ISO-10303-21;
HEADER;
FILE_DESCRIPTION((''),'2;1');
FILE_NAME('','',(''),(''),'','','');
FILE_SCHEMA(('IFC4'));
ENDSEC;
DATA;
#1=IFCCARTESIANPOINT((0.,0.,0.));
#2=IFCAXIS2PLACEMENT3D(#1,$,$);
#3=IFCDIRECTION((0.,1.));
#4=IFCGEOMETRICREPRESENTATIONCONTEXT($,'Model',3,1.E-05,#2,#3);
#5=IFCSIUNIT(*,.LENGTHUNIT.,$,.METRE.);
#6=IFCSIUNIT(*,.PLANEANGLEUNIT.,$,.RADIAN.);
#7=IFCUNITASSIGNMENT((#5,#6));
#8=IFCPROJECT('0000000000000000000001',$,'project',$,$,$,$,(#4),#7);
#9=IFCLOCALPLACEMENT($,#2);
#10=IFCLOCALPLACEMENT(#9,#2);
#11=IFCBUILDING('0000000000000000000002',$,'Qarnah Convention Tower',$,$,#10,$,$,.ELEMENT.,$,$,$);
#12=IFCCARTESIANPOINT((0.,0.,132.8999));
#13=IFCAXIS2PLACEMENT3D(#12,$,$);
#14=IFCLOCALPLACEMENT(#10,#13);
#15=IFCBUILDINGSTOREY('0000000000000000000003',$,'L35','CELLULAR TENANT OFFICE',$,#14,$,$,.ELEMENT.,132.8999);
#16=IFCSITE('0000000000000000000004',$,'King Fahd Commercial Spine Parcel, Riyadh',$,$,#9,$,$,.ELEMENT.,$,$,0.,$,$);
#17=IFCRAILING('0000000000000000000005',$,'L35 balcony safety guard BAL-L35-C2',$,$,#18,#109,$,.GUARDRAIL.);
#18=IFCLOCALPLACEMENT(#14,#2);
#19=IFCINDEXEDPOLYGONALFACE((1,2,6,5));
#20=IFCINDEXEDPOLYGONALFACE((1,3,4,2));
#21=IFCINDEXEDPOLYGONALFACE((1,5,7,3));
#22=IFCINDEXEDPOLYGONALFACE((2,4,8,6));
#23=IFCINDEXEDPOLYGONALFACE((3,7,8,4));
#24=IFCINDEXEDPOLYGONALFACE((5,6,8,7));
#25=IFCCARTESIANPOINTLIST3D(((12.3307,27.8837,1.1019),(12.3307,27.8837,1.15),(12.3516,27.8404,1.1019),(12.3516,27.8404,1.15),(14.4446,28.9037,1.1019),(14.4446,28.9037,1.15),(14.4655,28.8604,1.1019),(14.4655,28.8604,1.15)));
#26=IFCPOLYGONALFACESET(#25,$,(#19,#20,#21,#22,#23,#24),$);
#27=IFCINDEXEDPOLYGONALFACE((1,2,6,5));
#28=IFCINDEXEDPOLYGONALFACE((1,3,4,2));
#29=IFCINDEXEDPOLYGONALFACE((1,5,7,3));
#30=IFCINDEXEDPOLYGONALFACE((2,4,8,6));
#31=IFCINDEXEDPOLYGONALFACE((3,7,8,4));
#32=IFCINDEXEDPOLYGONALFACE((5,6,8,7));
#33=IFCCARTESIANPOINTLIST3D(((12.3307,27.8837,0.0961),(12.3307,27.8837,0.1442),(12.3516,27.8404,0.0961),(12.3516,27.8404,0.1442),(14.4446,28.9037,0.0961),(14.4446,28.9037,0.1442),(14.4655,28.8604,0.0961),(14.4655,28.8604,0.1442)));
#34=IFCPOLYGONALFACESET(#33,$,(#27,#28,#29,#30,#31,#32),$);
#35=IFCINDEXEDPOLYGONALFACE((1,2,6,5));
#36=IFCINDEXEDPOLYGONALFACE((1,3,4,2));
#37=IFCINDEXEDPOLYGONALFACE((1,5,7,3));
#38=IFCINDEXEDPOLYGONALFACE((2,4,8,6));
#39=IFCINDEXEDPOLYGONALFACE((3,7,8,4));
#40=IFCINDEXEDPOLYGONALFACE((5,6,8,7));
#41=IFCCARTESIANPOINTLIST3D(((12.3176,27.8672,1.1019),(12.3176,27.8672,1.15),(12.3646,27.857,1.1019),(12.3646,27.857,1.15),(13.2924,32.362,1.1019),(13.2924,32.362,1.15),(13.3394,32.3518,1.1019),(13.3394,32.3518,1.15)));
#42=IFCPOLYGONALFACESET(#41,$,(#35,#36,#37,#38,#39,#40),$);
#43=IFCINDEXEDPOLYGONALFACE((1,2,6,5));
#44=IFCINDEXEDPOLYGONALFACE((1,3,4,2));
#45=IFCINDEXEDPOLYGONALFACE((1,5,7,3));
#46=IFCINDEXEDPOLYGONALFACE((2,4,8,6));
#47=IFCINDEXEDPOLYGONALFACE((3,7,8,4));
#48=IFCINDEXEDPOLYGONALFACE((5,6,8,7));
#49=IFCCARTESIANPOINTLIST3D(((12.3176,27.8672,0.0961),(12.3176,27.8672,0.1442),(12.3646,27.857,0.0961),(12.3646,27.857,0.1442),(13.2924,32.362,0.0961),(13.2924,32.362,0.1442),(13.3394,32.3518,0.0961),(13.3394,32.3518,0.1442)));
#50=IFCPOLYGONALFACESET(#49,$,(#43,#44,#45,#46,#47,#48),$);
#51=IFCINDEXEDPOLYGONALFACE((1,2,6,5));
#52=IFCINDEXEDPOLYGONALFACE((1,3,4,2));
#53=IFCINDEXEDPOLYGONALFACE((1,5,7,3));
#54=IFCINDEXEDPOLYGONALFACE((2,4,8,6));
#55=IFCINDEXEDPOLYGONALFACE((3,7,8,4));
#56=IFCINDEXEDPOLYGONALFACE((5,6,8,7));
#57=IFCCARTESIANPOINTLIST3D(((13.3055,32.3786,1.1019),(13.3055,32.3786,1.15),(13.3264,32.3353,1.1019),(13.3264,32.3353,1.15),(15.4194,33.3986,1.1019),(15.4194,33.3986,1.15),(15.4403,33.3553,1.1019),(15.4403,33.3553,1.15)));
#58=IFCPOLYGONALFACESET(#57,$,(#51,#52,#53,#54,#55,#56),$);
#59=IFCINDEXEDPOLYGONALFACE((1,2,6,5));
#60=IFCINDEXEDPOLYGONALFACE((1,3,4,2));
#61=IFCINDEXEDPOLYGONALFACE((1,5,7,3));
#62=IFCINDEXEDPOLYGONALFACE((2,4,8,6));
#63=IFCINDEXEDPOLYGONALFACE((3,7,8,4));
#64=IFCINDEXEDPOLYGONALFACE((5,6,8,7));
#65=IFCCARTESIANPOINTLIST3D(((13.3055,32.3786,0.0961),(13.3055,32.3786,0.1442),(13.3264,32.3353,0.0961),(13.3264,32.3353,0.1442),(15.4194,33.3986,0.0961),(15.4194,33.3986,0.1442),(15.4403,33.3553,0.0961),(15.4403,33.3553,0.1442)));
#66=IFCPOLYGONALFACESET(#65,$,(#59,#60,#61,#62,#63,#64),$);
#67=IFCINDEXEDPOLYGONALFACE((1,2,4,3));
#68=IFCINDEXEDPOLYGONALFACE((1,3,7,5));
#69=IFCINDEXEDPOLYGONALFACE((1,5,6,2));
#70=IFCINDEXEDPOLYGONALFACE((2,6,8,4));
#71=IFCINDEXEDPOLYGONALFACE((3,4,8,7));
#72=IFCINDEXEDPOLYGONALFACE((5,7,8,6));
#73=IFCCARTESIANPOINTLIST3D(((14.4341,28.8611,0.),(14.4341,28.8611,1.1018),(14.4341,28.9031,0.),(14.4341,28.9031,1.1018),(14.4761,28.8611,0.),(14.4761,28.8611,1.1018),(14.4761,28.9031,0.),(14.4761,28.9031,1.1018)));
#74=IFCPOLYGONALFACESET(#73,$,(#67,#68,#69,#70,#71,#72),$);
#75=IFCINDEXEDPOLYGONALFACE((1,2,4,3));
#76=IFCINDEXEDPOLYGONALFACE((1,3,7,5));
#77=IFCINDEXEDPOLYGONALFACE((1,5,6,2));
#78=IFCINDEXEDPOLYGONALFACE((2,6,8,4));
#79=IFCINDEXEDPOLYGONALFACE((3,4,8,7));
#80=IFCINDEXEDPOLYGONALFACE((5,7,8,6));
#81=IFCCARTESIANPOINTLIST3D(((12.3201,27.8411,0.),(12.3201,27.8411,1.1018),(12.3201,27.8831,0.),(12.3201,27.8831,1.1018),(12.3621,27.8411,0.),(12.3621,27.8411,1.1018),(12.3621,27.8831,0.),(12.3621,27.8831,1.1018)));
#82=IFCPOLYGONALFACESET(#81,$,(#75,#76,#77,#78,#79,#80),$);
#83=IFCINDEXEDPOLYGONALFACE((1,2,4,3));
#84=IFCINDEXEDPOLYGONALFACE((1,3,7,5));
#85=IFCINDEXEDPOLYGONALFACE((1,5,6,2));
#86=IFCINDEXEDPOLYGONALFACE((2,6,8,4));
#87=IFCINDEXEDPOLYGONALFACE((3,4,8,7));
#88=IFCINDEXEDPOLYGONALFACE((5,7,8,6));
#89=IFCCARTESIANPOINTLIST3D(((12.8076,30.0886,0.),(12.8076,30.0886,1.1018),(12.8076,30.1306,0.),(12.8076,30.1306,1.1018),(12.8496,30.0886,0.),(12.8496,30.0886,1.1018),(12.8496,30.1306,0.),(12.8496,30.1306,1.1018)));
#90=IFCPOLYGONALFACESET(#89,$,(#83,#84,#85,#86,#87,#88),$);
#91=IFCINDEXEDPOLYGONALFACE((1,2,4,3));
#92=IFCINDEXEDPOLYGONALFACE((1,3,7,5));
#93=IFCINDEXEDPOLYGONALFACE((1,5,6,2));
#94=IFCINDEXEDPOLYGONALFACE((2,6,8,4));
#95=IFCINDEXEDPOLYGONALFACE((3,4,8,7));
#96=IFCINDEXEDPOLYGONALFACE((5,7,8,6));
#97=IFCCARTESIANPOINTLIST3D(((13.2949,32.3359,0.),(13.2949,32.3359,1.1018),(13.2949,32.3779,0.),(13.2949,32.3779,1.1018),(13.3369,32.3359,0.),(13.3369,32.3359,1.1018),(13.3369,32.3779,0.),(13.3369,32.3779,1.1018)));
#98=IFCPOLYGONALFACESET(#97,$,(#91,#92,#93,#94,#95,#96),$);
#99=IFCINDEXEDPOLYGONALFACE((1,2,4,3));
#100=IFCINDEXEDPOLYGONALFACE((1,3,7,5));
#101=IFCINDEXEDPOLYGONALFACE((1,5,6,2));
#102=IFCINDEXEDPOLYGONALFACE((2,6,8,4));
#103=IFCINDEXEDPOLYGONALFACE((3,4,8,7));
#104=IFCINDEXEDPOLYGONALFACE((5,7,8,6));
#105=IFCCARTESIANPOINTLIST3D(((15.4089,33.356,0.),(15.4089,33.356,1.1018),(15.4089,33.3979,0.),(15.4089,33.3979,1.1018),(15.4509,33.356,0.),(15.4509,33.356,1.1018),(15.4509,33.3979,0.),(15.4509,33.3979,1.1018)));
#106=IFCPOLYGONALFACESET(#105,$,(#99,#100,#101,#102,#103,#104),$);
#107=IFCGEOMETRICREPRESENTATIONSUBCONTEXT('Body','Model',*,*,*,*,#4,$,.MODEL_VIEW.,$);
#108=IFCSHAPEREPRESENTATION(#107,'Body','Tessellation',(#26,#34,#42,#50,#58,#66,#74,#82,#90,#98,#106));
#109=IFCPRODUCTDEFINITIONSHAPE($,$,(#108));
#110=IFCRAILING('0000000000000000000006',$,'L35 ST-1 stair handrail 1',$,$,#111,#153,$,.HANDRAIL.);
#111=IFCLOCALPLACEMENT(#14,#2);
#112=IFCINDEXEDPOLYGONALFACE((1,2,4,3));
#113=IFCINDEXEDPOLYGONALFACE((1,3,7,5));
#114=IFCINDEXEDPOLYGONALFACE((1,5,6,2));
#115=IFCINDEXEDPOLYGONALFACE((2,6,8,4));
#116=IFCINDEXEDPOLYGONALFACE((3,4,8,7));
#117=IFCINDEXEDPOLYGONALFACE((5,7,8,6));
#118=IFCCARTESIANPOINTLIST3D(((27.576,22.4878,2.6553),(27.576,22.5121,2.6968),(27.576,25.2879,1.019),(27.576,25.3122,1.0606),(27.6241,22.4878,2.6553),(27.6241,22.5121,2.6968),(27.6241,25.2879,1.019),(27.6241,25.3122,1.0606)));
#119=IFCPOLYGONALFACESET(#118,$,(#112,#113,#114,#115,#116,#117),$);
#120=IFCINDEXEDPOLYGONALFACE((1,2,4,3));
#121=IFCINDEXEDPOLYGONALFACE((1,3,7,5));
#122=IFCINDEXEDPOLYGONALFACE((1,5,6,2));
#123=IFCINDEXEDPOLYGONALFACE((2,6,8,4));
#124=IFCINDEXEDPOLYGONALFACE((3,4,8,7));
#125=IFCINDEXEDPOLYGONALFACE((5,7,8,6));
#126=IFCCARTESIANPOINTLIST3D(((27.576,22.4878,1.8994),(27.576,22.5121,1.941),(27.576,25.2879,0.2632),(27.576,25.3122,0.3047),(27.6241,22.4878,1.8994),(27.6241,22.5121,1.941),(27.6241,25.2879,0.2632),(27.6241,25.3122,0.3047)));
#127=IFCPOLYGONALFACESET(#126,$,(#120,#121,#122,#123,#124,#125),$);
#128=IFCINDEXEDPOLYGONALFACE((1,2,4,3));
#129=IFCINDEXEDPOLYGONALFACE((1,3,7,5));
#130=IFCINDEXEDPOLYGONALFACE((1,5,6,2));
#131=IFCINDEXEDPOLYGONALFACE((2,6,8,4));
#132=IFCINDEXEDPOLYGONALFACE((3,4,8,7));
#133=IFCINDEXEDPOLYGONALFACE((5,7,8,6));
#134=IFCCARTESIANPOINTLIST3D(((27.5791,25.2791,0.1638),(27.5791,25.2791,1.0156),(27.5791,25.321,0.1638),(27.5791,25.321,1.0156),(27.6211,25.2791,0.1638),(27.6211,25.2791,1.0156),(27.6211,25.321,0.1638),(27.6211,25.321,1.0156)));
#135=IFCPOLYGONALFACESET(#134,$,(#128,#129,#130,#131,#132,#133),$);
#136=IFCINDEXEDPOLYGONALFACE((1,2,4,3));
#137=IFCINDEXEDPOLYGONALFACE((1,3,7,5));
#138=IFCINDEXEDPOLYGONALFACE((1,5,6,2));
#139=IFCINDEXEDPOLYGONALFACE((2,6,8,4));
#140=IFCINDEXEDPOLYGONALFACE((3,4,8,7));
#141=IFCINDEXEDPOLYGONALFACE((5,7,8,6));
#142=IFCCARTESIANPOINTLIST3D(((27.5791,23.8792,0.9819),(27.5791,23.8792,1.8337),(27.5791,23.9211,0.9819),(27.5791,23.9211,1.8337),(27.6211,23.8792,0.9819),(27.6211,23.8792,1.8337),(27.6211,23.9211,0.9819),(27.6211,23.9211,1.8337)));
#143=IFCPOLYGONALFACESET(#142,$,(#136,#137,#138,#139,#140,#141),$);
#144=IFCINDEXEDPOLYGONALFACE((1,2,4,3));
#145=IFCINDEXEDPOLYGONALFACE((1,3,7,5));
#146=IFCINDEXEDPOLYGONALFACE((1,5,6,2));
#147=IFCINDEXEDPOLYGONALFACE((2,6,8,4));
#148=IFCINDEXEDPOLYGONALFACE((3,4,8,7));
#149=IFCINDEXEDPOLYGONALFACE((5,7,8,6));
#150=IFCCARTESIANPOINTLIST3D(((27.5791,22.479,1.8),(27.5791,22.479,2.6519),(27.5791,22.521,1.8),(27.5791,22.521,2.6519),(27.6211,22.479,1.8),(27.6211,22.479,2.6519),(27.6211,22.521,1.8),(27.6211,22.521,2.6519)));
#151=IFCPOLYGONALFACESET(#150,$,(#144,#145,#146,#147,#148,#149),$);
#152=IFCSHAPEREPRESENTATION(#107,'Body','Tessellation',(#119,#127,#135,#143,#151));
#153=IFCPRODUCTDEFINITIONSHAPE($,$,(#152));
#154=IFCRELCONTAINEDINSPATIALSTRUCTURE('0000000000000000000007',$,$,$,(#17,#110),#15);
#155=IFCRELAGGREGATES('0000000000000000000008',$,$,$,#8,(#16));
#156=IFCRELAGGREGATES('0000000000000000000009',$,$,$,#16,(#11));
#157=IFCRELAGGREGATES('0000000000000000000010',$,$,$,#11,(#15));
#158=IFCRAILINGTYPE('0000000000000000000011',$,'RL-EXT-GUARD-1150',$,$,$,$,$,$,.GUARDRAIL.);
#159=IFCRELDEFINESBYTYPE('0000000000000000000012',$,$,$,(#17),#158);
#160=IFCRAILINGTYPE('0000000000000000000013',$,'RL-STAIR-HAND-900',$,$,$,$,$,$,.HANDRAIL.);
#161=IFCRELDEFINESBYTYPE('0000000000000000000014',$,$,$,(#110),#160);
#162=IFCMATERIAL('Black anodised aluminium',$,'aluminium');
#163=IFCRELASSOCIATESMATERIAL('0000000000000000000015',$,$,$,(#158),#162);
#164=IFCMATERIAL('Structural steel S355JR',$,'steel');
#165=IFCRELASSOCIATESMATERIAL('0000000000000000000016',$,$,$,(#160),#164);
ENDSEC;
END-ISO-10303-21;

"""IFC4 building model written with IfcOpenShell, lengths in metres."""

from ifc_helpers import new_model, si_unit, direction, frame, origin, origin_2d, place, context, subcontext, project, spatial, rectangle, extrude, material, type_object, element, save


model = new_model("IFC4")

# Units and contexts
model_context = context("Model", 3, precision=1e-05, world=origin(), true_north=direction((0.0, 1.0)))
body_context = subcontext(model_context, "Body", "Model", "MODEL_VIEW")
ifc_project = project(units=[si_unit("LENGTHUNIT", "METRE"), si_unit("PLANEANGLEUNIT", "RADIAN")], contexts=[model_context])

# Site, building, storey
site_placement = place(None, origin())
site = spatial("IfcSite", under=ifc_project, at=site_placement, Name="King Fahd Commercial Spine Parcel, Riyadh", CompositionType="ELEMENT", RefElevation=0.0)
building_placement = place(site_placement, origin())
building = spatial("IfcBuilding", under=site, at=building_placement, Name="Qarnah Convention Tower", CompositionType="ELEMENT")
storey_placement = place(building_placement, frame((0.0, 0.0, 132.8999)))
storey = spatial("IfcBuildingStorey", under=building, at=storey_placement, Name="L35", Description="CELLULAR TENANT OFFICE", CompositionType="ELEMENT", Elevation=132.8999)

# Shared definitions
ifc_material_1 = material(Name="Structural steel S355JR", Category="steel")

# Shared definitions
ifc_material_2 = material(Name="Black anodised aluminium", Category="aluminium")

# Railings
railing_type_1 = type_object("IfcRailingType", Name="RL-EXT-GUARD-1150", PredefinedType="GUARDRAIL", material=ifc_material_2)
railing_1_placement = place(storey_placement, frame((14.4551, 28.8821, 0.0)))
element("IfcRailing", 1, at=railing_1_placement, inside=storey, type_object=railing_type_1, Name="L35 balcony safety guard BAL-L35-C2", PredefinedType="GUARDRAIL", context=body_context, shape_type="SweptSolid", body=[
    extrude(rectangle(XDim=0.0481, YDim=0.0481, at=origin_2d()), frame((0.0, 0.0, 1.126), z_axis=(-0.900641, -0.434563, 0.0), x_axis=(0.434563, -0.900641, 0.0)), (0.0, 0.0, 1.0), 2.3472),
    extrude(rectangle(XDim=0.0481, YDim=0.0481, at=origin_2d()), frame((0.0, 0.0, 0.1201), z_axis=(-0.900641, -0.434563, 0.0), x_axis=(0.434563, -0.900641, 0.0)), (0.0, 0.0, 1.0), 2.3472),
    extrude(rectangle(XDim=0.0481, YDim=0.0481, at=origin_2d()), frame((-2.114, -1.02, 1.126), z_axis=(0.211954, 0.97728, 0.0), x_axis=(-0.97728, 0.211954, 0.0)), (0.0, 0.0, 1.0), 4.5994),
    extrude(rectangle(XDim=0.0481, YDim=0.0481, at=origin_2d()), frame((-2.114, -1.02, 0.1201), z_axis=(0.211954, 0.97728, 0.0), x_axis=(-0.97728, 0.211954, 0.0)), (0.0, 0.0, 1.0), 4.5994),
    extrude(rectangle(XDim=0.0481, YDim=0.0481, at=origin_2d()), frame((-1.1392, 3.4749, 1.126), z_axis=(0.900641, 0.434563, 0.0), x_axis=(-0.434563, 0.900641, 0.0)), (0.0, 0.0, 1.0), 2.3472),
    extrude(rectangle(XDim=0.0481, YDim=0.0481, at=origin_2d()), frame((-1.1392, 3.4749, 0.1201), z_axis=(0.900641, 0.434563, 0.0), x_axis=(-0.434563, 0.900641, 0.0)), (0.0, 0.0, 1.0), 2.3472),
    extrude(rectangle(XDim=0.042, YDim=0.042, at=origin_2d()), origin(), (0.0, 0.0, 1.0), 1.1018),
    extrude(rectangle(XDim=0.042, YDim=0.042, at=origin_2d()), frame((-2.114, -1.02, 0.0)), (0.0, 0.0, 1.0), 1.1018),
    extrude(rectangle(XDim=0.042, YDim=0.042, at=origin_2d()), frame((-1.6265, 1.2275, 0.0)), (0.0, 0.0, 1.0), 1.1018),
    extrude(rectangle(XDim=0.042, YDim=0.042, at=origin_2d()), frame((-1.1392, 3.4749, 0.0)), (0.0, 0.0, 1.0), 1.1018),
    extrude(rectangle(XDim=0.042, YDim=0.042, at=origin_2d()), frame((0.9749, 4.4949, 0.0)), (0.0, 0.0, 1.0), 1.1018),
])
railing_type_2 = type_object("IfcRailingType", Name="RL-STAIR-HAND-900", PredefinedType="HANDRAIL", material=ifc_material_1)
railing_2_placement = place(storey_placement, frame((27.6001, 25.3, 0.1638)))
element("IfcRailing", 2, at=railing_2_placement, inside=storey, type_object=railing_type_2, Name="L35 ST-1 stair handrail 1", PredefinedType="HANDRAIL", context=body_context, shape_type="SweptSolid", body=[
    extrude(rectangle(XDim=0.0481, YDim=0.0481, at=origin_2d()), frame((0.0, 0.0, 0.876), z_axis=(0.0, -0.863394, 0.504531), x_axis=(1.0, 0.0, 0.0)), (0.0, 0.0, 1.0), 3.2432),
    extrude(rectangle(XDim=0.0481, YDim=0.0481, at=origin_2d()), frame((0.0, 0.0, 0.1201), z_axis=(0.0, -0.863394, 0.504531), x_axis=(1.0, 0.0, 0.0)), (0.0, 0.0, 1.0), 3.2432),
    extrude(rectangle(XDim=0.042, YDim=0.042, at=origin_2d()), origin(), (0.0, 0.0, 1.0), 0.8518),
    extrude(rectangle(XDim=0.042, YDim=0.042, at=origin_2d()), frame((0.0, -1.3999, 0.8181)), (0.0, 0.0, 1.0), 0.8518),
    extrude(rectangle(XDim=0.042, YDim=0.042, at=origin_2d()), frame((0.0, -2.8, 1.6362)), (0.0, 0.0, 1.0), 0.8518),
])

save(model, "model.ifc")
